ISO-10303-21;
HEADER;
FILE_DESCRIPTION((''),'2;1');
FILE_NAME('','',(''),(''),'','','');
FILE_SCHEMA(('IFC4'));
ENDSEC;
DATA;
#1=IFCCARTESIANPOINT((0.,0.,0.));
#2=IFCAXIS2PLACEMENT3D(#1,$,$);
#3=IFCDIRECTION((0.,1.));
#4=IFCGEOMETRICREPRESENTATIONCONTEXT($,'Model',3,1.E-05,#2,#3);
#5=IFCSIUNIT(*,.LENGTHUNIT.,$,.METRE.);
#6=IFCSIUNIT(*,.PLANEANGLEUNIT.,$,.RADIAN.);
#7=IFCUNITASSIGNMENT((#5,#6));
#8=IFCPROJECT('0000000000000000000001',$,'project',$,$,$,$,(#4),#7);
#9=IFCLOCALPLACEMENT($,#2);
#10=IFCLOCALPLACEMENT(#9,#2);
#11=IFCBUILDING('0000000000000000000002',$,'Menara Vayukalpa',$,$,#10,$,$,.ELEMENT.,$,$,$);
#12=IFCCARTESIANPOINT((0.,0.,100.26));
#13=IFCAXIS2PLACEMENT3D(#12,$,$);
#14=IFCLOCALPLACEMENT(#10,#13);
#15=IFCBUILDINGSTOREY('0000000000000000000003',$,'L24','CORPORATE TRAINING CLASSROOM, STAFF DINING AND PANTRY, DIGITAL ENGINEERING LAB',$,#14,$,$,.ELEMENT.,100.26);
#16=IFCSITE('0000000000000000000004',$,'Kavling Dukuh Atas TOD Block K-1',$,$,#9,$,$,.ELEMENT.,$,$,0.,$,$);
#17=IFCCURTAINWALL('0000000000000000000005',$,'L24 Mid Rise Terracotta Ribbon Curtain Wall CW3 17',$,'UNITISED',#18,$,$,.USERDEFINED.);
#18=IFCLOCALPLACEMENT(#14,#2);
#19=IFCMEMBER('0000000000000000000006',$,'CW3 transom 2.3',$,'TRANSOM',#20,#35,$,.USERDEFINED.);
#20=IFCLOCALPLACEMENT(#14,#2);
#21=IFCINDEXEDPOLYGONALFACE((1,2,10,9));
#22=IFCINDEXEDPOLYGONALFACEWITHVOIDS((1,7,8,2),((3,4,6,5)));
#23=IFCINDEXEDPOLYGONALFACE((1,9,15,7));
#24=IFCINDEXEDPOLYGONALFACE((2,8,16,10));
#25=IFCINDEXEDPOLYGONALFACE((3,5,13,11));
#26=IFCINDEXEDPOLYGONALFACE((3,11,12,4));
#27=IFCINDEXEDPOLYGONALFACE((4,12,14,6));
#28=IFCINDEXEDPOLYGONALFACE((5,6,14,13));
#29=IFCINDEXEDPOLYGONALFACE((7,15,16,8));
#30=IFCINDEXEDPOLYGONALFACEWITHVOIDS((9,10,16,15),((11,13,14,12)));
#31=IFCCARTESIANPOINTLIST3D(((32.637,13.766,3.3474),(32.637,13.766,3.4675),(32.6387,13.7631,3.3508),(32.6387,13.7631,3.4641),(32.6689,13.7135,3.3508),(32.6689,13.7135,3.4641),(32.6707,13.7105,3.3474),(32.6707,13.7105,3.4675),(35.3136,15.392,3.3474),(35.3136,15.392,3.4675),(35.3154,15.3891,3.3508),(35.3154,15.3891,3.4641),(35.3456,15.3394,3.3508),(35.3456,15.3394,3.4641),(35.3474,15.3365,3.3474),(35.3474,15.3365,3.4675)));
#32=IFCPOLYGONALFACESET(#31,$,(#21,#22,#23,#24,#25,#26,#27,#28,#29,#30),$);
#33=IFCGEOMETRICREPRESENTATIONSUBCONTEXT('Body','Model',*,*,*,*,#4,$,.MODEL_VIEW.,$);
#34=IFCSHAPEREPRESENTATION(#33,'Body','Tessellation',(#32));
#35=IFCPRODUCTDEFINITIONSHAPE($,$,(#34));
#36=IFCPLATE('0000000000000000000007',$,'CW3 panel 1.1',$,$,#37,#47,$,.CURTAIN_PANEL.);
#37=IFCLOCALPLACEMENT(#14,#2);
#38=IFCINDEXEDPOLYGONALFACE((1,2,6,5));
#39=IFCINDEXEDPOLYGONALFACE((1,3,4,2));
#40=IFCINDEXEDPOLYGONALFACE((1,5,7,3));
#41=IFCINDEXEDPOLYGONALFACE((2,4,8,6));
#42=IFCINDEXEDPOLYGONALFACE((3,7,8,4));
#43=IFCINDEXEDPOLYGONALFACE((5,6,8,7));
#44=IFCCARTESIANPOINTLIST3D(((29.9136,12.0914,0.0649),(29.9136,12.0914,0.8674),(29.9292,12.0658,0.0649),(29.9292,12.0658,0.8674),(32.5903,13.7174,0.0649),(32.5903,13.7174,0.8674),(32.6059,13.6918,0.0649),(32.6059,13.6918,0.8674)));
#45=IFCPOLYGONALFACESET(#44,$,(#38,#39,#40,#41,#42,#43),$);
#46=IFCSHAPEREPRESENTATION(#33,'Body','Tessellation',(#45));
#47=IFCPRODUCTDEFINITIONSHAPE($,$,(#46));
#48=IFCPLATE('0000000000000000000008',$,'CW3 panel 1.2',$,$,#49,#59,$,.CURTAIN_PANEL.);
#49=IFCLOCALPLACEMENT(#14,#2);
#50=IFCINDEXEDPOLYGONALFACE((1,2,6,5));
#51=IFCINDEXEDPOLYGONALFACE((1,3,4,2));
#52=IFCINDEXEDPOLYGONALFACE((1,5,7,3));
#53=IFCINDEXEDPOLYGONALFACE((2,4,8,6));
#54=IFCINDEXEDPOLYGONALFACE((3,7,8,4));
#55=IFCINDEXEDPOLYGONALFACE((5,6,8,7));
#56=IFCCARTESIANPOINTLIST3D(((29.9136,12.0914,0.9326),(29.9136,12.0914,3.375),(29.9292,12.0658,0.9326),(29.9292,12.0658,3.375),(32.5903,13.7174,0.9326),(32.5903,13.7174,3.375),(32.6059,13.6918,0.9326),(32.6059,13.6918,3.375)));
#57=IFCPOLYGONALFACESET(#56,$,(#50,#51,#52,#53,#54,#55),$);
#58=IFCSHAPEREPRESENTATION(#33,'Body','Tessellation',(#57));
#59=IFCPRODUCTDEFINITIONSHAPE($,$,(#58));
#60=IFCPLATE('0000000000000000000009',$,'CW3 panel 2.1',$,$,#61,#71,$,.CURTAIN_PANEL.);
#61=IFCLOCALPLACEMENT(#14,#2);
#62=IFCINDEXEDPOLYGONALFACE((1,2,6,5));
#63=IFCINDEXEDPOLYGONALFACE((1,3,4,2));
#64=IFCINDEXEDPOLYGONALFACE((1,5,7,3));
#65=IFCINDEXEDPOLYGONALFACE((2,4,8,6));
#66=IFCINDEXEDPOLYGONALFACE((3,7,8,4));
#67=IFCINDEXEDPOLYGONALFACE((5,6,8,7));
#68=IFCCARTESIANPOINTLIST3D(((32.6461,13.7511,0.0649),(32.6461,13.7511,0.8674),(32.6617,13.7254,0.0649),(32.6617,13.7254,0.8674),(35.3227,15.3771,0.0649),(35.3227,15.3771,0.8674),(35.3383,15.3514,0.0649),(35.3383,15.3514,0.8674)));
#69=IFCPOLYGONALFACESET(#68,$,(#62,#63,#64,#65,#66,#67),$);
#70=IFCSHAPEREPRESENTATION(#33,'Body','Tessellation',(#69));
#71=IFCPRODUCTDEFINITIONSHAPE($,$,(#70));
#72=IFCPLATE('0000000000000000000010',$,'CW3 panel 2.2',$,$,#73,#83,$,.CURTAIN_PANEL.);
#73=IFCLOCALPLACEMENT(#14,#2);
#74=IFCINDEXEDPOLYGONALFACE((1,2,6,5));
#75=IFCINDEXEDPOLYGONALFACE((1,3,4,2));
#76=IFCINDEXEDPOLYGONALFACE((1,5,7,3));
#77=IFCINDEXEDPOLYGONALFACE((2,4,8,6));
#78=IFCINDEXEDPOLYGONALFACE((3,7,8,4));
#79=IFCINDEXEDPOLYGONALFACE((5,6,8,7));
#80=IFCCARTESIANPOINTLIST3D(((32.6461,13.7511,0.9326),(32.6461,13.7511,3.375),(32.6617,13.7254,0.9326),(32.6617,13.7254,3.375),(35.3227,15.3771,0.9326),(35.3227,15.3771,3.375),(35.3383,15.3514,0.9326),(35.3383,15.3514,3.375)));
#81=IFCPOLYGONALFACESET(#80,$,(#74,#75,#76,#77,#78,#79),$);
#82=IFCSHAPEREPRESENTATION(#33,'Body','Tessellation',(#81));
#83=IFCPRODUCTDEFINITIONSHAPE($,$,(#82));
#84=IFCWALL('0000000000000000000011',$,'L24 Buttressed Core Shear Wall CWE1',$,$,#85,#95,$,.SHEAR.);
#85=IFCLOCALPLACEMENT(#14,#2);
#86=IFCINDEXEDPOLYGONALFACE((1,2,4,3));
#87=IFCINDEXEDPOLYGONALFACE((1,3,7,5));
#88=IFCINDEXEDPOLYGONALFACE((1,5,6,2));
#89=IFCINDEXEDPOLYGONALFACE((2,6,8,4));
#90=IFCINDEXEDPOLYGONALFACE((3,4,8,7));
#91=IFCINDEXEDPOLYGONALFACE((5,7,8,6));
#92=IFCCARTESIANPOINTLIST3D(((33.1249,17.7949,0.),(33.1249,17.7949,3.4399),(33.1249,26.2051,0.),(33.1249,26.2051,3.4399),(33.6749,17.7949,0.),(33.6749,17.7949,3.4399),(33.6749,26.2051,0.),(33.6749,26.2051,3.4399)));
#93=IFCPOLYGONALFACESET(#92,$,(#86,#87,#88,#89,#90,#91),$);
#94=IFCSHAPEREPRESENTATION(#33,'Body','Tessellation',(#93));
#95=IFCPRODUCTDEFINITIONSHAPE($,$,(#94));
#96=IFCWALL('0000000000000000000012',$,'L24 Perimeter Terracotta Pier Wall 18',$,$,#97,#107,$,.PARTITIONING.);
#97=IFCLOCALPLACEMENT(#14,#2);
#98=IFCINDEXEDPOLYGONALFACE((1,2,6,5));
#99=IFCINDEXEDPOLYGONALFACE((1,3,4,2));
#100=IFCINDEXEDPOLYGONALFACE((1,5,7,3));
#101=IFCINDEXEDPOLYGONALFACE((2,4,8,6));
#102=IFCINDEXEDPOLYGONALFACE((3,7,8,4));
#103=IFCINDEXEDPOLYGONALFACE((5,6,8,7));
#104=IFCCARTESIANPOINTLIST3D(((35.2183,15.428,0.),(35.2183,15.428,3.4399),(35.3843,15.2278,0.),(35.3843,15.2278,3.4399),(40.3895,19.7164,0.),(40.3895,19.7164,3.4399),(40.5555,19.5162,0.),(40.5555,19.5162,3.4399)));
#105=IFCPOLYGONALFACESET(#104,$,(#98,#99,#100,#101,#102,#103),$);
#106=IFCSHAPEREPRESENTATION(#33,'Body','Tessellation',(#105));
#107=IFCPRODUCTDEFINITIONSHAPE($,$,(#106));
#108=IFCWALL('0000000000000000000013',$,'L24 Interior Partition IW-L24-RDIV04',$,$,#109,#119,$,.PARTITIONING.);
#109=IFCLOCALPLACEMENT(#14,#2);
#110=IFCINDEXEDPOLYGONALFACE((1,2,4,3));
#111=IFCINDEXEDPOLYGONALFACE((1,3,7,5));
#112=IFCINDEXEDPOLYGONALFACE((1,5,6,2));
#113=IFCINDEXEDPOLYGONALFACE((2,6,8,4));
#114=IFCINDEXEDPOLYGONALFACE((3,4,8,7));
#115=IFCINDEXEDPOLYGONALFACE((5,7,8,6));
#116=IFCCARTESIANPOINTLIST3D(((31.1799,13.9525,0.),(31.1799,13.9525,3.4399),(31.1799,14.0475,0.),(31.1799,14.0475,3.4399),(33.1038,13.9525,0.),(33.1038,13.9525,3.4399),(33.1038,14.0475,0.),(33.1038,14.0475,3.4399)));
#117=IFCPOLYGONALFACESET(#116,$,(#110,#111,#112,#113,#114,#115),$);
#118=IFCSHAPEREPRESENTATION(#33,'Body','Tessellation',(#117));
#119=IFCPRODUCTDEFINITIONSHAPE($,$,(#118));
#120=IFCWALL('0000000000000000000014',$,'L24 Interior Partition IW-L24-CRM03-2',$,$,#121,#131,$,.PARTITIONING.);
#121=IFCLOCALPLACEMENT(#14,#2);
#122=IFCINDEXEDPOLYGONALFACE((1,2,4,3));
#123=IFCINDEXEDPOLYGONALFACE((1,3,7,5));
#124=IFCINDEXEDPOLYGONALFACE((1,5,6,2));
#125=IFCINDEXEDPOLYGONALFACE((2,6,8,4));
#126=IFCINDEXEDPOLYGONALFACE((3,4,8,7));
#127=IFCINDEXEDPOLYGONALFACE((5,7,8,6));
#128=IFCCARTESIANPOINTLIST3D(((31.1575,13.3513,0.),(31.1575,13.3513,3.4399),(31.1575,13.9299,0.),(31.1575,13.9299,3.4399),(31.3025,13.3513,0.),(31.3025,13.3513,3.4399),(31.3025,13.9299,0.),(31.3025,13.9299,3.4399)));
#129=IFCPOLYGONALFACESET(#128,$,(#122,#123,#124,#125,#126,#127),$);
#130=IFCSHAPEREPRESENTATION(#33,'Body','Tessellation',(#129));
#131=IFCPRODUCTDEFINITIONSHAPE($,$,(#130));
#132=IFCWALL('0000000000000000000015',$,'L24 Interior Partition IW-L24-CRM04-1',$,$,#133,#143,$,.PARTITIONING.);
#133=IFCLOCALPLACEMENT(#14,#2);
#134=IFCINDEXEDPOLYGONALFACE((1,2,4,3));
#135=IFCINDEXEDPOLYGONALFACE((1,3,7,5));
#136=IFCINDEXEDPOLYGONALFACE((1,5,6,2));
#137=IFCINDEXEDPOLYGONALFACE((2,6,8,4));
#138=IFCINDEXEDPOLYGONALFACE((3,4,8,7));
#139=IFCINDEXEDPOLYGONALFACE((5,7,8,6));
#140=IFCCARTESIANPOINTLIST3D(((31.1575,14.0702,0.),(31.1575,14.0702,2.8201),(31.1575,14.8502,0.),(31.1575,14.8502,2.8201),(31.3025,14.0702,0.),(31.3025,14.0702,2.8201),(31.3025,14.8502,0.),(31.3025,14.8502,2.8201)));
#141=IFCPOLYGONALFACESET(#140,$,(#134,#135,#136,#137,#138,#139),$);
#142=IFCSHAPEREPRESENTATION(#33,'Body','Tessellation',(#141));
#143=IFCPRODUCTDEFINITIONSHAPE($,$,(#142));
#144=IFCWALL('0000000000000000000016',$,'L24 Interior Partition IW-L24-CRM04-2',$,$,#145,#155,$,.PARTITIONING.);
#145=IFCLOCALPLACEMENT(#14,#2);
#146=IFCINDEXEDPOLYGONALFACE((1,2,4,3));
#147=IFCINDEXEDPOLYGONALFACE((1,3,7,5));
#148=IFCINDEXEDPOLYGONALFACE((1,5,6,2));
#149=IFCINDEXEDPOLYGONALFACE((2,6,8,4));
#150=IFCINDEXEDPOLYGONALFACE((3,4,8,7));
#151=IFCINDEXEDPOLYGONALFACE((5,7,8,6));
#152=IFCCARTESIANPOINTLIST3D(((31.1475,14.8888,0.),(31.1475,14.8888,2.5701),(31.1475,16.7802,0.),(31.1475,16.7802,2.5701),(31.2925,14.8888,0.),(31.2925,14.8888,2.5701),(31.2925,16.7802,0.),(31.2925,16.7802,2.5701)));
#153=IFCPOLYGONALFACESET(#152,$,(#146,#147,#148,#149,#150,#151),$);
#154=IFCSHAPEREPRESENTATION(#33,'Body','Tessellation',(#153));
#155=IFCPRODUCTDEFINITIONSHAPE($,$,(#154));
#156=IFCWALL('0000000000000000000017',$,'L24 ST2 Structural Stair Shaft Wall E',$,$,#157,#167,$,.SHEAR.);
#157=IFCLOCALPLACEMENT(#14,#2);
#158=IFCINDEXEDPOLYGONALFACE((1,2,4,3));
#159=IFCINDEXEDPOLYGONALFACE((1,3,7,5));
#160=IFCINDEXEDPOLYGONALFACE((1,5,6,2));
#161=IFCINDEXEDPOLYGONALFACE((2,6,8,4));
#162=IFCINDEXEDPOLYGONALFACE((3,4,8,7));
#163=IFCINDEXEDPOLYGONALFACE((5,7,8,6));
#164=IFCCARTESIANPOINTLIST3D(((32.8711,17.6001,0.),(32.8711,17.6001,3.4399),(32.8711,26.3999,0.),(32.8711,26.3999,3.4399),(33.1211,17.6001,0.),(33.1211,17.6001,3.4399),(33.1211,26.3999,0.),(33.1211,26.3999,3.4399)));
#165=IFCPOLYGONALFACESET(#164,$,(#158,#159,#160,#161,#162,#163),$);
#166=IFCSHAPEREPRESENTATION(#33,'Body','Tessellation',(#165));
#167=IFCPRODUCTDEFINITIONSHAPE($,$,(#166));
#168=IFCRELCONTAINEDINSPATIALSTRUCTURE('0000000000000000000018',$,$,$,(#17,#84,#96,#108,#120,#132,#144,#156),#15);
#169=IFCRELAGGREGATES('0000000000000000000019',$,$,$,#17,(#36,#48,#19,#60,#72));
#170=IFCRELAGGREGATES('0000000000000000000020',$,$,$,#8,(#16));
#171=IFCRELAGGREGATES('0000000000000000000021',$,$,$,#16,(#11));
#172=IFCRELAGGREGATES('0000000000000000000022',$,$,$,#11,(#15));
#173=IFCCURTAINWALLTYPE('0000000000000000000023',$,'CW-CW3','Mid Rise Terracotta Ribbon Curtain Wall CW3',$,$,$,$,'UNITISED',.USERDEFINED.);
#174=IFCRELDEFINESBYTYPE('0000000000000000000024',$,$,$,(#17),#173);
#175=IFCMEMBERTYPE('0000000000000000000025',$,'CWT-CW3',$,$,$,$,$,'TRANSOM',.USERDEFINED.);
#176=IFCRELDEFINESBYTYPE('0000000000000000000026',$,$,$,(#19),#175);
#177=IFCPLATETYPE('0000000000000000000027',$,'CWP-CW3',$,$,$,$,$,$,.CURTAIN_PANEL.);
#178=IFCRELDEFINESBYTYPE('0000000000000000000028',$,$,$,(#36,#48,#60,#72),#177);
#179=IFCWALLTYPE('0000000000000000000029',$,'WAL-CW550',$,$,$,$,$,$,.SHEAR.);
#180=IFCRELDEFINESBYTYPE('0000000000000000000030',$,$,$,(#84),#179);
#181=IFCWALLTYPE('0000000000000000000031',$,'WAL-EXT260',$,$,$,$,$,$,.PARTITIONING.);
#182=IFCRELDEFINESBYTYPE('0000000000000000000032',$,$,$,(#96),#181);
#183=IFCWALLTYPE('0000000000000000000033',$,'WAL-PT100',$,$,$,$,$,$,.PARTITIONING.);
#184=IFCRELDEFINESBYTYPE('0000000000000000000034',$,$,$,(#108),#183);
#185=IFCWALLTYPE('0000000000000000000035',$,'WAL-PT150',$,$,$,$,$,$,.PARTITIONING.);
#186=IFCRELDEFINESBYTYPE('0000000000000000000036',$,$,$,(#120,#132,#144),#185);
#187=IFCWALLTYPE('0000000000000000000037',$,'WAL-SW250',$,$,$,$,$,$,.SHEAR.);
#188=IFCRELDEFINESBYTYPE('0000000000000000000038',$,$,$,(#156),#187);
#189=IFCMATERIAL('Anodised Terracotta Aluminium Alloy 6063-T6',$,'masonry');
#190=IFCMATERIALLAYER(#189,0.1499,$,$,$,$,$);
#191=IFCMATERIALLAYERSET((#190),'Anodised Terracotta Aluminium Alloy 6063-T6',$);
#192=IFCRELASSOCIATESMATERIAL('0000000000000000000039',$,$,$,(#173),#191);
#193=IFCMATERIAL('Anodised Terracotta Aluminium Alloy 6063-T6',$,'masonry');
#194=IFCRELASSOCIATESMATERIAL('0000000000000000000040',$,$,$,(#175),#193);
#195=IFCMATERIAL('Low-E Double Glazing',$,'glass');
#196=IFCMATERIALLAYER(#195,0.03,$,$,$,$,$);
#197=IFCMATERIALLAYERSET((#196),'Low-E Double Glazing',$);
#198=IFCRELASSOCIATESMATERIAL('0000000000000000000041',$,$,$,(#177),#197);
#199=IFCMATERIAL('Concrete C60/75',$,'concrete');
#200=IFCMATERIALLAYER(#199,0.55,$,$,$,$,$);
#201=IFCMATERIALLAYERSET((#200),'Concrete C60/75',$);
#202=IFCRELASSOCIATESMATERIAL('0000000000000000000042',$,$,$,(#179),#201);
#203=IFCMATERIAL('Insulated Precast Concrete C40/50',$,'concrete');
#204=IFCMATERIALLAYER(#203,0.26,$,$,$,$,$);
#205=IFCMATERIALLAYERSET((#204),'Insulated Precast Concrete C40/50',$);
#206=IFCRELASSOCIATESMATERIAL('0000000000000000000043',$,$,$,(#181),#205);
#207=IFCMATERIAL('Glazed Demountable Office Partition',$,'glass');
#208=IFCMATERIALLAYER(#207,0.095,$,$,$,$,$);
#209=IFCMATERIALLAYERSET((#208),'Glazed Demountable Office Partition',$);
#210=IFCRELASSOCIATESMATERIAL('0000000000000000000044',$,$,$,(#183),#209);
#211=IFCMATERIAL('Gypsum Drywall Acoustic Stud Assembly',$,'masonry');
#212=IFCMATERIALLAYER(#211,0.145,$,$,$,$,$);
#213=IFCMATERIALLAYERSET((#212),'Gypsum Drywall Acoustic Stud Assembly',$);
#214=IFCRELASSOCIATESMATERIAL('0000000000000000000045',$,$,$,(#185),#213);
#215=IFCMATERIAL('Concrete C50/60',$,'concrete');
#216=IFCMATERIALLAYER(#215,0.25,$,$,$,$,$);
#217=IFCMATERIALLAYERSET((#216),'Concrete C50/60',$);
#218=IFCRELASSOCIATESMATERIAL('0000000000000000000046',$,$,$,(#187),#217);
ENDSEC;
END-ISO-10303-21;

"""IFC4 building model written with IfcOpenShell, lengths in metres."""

from ifc_helpers import new_model, si_unit, direction, frame, frame_2d, origin, origin_2d, place, context, subcontext, project, spatial, rectangle, hollow_rectangle, extrude, material, layer, layer_set, material_profile, profile_set, type_object, element, aggregate, save


model = new_model("IFC4")

# Units and contexts
model_context = context("Model", 3, precision=1e-05, world=origin(), true_north=direction((0.0, 1.0)))
body_context = subcontext(model_context, "Body", "Model", "MODEL_VIEW")
ifc_project = project(units=[si_unit("LENGTHUNIT", "METRE"), si_unit("PLANEANGLEUNIT", "RADIAN")], contexts=[model_context])

# Site, building, storey
site_placement = place(None, origin())
site = spatial("IfcSite", under=ifc_project, at=site_placement, Name="Kavling Dukuh Atas TOD Block K-1", CompositionType="ELEMENT", RefElevation=0.0)
building_placement = place(site_placement, origin())
building = spatial("IfcBuilding", under=site, at=building_placement, Name="Menara Vayukalpa", CompositionType="ELEMENT")
storey_placement = place(building_placement, frame((0.0, 0.0, 100.26)))
storey = spatial("IfcBuildingStorey", under=building, at=storey_placement, Name="L24", Description="CORPORATE TRAINING CLASSROOM, STAFF DINING AND PANTRY, DIGITAL ENGINEERING LAB", CompositionType="ELEMENT", Elevation=100.26)

# Curtain wall, member, plates
ifc_material_1 = material(Name="Anodised Terracotta Aluminium Alloy 6063-T6", Category="masonry")
ifc_layer_1 = layer(ifc_material_1, 0.1499)
ifc_layer_set_1 = layer_set([ifc_layer_1], Name="Anodised Terracotta Aluminium Alloy 6063-T6")
curtain_wall_type = type_object("IfcCurtainWallType", Name="CW-CW3", Description="Mid Rise Terracotta Ribbon Curtain Wall CW3", ElementType="UNITISED", PredefinedType="USERDEFINED", material=ifc_layer_set_1)
curtain_wall_placement = place(storey_placement, origin())
curtain_wall = element("IfcCurtainWall", 1, at=curtain_wall_placement, inside=storey, type_object=curtain_wall_type, Name="L24 Mid Rise Terracotta Ribbon Curtain Wall CW3 17", ObjectType="UNITISED", PredefinedType="USERDEFINED")
ifc_material_2 = material(Name="Anodised Terracotta Aluminium Alloy 6063-T6", Category="masonry")
ifc_material_profile_1 = material_profile(ifc_material_2, hollow_rectangle(XDim=0.0649, YDim=0.1201, WallThickness=0.0034, at=origin_2d()), Name="ALU 65x120x3.5")
ifc_profile_set_1 = profile_set([ifc_material_profile_1], Name="Anodised Terracotta Aluminium Alloy 6063-T6")
member_type_1 = type_object("IfcMemberType", Name="CWT-CW3", ElementType="TRANSOM", PredefinedType="USERDEFINED", material=ifc_profile_set_1)
member_1_placement = place(storey_placement, frame((32.6538, 13.7383, 3.4075), z_axis=(0.854674, 0.519165, 0.0), x_axis=(-0.519165, 0.854674, 0.0)))
member_1 = element("IfcMember", 2, at=member_1_placement, type_object=member_type_1, Name="CW3 transom 2.3", ObjectType="TRANSOM", PredefinedType="USERDEFINED", context=body_context, shape_type="SweptSolid", body=[
    extrude(hollow_rectangle(XDim=0.0649, YDim=0.1201, WallThickness=0.0034, at=origin_2d()), origin(), (0.0, 0.0, 1.0), 3.1318),
])
ifc_material_3 = material(Name="Low-E Double Glazing", Category="glass")
ifc_layer_2 = layer(ifc_material_3, 0.03)
ifc_layer_set_2 = layer_set([ifc_layer_2], Name="Low-E Double Glazing")
plate_type = type_object("IfcPlateType", Name="CWP-CW3", PredefinedType="CURTAIN_PANEL", material=ifc_layer_set_2)
plate_1_placement = place(storey_placement, frame((31.2598, 12.8916, 0.0649), z_axis=(0.0, 0.0, 1.0), x_axis=(0.854663, 0.519183, 0.0)))
plate_1 = element("IfcPlate", 3, at=plate_1_placement, type_object=plate_type, Name="CW3 panel 1.1", PredefinedType="CURTAIN_PANEL", context=body_context, shape_type="SweptSolid", body=[
    extrude(rectangle(XDim=3.1318, YDim=0.03, at=origin_2d()), origin(), (0.0, 0.0, 1.0), 0.8025),
])
plate_2_placement = place(storey_placement, frame((31.2598, 12.8916, 0.9326), z_axis=(0.0, 0.0, 1.0), x_axis=(0.854663, 0.519183, 0.0)))
plate_2 = element("IfcPlate", 4, at=plate_2_placement, type_object=plate_type, Name="CW3 panel 1.2", PredefinedType="CURTAIN_PANEL", context=body_context, shape_type="SweptSolid", body=[
    extrude(rectangle(XDim=3.1318, YDim=0.03, at=origin_2d()), origin(), (0.0, 0.0, 1.0), 2.4424),
])
plate_3_placement = place(storey_placement, frame((33.9922, 14.5513, 0.0649), z_axis=(0.0, 0.0, 1.0), x_axis=(0.854663, 0.519183, 0.0)))
plate_3 = element("IfcPlate", 5, at=plate_3_placement, type_object=plate_type, Name="CW3 panel 2.1", PredefinedType="CURTAIN_PANEL", context=body_context, shape_type="SweptSolid", body=[
    extrude(rectangle(XDim=3.1318, YDim=0.03, at=origin_2d()), origin(), (0.0, 0.0, 1.0), 0.8025),
])
plate_4_placement = place(storey_placement, frame((33.9922, 14.5513, 0.9326), z_axis=(0.0, 0.0, 1.0), x_axis=(0.854663, 0.519183, 0.0)))
plate_4 = element("IfcPlate", 6, at=plate_4_placement, type_object=plate_type, Name="CW3 panel 2.2", PredefinedType="CURTAIN_PANEL", context=body_context, shape_type="SweptSolid", body=[
    extrude(rectangle(XDim=3.1318, YDim=0.03, at=origin_2d()), origin(), (0.0, 0.0, 1.0), 2.4424),
])
aggregate(curtain_wall, [plate_1, plate_2, member_1, plate_3, plate_4])

# Walls
ifc_material_4 = material(Name="Concrete C60/75", Category="concrete")
ifc_layer_3 = layer(ifc_material_4, 0.55)
ifc_layer_set_3 = layer_set([ifc_layer_3], Name="Concrete C60/75")
wall_type_1 = type_object("IfcWallType", Name="WAL-CW550", PredefinedType="SHEAR", material=ifc_layer_set_3)
wall_1_placement = place(storey_placement, frame((33.3999, 17.7949, 0.0), z_axis=(0.0, 0.0, 1.0), x_axis=(0.0, 1.0, 0.0)))
element("IfcWall", 7, at=wall_1_placement, inside=storey, type_object=wall_type_1, Name="L24 Buttressed Core Shear Wall CWE1", PredefinedType="SHEAR", context=body_context, shape_type="SweptSolid", body=[
    extrude(rectangle(XDim=8.4102, YDim=0.55, at=frame_2d((4.2051, 0.0))), origin(), (0.0, 0.0, 1.0), 3.4399),
])
ifc_material_5 = material(Name="Insulated Precast Concrete C40/50", Category="concrete")
ifc_layer_4 = layer(ifc_material_5, 0.26)
ifc_layer_set_4 = layer_set([ifc_layer_4], Name="Insulated Precast Concrete C40/50")
wall_type_2 = type_object("IfcWallType", Name="WAL-EXT260", PredefinedType="PARTITIONING", material=ifc_layer_set_4)
wall_2_placement = place(storey_placement, frame((40.4724, 19.6162, 0.0), z_axis=(0.0, 0.0, 1.0), x_axis=(-0.769753, -0.638342, 0.0)))
element("IfcWall", 8, at=wall_2_placement, inside=storey, type_object=wall_type_2, Name="L24 Perimeter Terracotta Pier Wall 18", PredefinedType="PARTITIONING", context=body_context, shape_type="SweptSolid", body=[
    extrude(rectangle(XDim=6.718, YDim=0.26, at=frame_2d((3.3589, 0.0))), origin(), (0.0, 0.0, 1.0), 3.4399),
])
ifc_material_6 = material(Name="Glazed Demountable Office Partition", Category="glass")
ifc_layer_5 = layer(ifc_material_6, 0.095)
ifc_layer_set_5 = layer_set([ifc_layer_5], Name="Glazed Demountable Office Partition")
wall_type_3 = type_object("IfcWallType", Name="WAL-PT100", PredefinedType="PARTITIONING", material=ifc_layer_set_5)
wall_3_placement = place(storey_placement, frame((31.1799, 14.0, 0.0), z_axis=(0.0, 0.0, 1.0), x_axis=(1.0, 0.0, 0.0)))
element("IfcWall", 9, at=wall_3_placement, inside=storey, type_object=wall_type_3, Name="L24 Interior Partition IW-L24-RDIV04", PredefinedType="PARTITIONING", context=body_context, shape_type="SweptSolid", body=[
    extrude(rectangle(XDim=1.9238, YDim=0.095, at=frame_2d((0.9619, 0.0))), origin(), (0.0, 0.0, 1.0), 3.4399),
])
ifc_material_7 = material(Name="Gypsum Drywall Acoustic Stud Assembly", Category="masonry")
ifc_layer_6 = layer(ifc_material_7, 0.145)
ifc_layer_set_6 = layer_set([ifc_layer_6], Name="Gypsum Drywall Acoustic Stud Assembly")
wall_type_4 = type_object("IfcWallType", Name="WAL-PT150", PredefinedType="PARTITIONING", material=ifc_layer_set_6)
wall_4_placement = place(storey_placement, frame((31.23, 13.3513, 0.0), z_axis=(0.0, 0.0, 1.0), x_axis=(0.0, 1.0, 0.0)))
element("IfcWall", 10, at=wall_4_placement, inside=storey, type_object=wall_type_4, Name="L24 Interior Partition IW-L24-CRM03-2", PredefinedType="PARTITIONING", context=body_context, shape_type="SweptSolid", body=[
    extrude(rectangle(XDim=0.5786, YDim=0.145, at=frame_2d((0.2893, 0.0))), origin(), (0.0, 0.0, 1.0), 3.4399),
])
wall_5_placement = place(storey_placement, frame((31.23, 14.0701, 0.0), z_axis=(0.0, 0.0, 1.0), x_axis=(0.0, 1.0, 0.0)))
element("IfcWall", 11, at=wall_5_placement, inside=storey, type_object=wall_type_4, Name="L24 Interior Partition IW-L24-CRM04-1", PredefinedType="PARTITIONING", context=body_context, shape_type="SweptSolid", body=[
    extrude(rectangle(XDim=0.78, YDim=0.145, at=frame_2d((0.3901, 0.0))), origin(), (0.0, 0.0, 1.0), 2.8201),
])
wall_6_placement = place(storey_placement, frame((31.22, 14.8887, 0.0), z_axis=(0.0, 0.0, 1.0), x_axis=(0.0, 1.0, 0.0)))
element("IfcWall", 12, at=wall_6_placement, inside=storey, type_object=wall_type_4, Name="L24 Interior Partition IW-L24-CRM04-2", PredefinedType="PARTITIONING", context=body_context, shape_type="SweptSolid", body=[
    extrude(rectangle(XDim=1.8914, YDim=0.145, at=frame_2d((0.9458, 0.0))), origin(), (0.0, 0.0, 1.0), 2.5701),
])
ifc_material_8 = material(Name="Concrete C50/60", Category="concrete")
ifc_layer_7 = layer(ifc_material_8, 0.25)
ifc_layer_set_7 = layer_set([ifc_layer_7], Name="Concrete C50/60")
wall_type_5 = type_object("IfcWallType", Name="WAL-SW250", PredefinedType="SHEAR", material=ifc_layer_set_7)
wall_7_placement = place(storey_placement, frame((32.9961, 17.6001, 0.0), z_axis=(0.0, 0.0, 1.0), x_axis=(0.0, 1.0, 0.0)))
element("IfcWall", 13, at=wall_7_placement, inside=storey, type_object=wall_type_5, Name="L24 ST2 Structural Stair Shaft Wall E", PredefinedType="SHEAR", context=body_context, shape_type="SweptSolid", body=[
    extrude(rectangle(XDim=8.7998, YDim=0.25, at=frame_2d((4.3999, 0.0))), origin(), (0.0, 0.0, 1.0), 3.4399),
])

save(model, "model.ifc")
